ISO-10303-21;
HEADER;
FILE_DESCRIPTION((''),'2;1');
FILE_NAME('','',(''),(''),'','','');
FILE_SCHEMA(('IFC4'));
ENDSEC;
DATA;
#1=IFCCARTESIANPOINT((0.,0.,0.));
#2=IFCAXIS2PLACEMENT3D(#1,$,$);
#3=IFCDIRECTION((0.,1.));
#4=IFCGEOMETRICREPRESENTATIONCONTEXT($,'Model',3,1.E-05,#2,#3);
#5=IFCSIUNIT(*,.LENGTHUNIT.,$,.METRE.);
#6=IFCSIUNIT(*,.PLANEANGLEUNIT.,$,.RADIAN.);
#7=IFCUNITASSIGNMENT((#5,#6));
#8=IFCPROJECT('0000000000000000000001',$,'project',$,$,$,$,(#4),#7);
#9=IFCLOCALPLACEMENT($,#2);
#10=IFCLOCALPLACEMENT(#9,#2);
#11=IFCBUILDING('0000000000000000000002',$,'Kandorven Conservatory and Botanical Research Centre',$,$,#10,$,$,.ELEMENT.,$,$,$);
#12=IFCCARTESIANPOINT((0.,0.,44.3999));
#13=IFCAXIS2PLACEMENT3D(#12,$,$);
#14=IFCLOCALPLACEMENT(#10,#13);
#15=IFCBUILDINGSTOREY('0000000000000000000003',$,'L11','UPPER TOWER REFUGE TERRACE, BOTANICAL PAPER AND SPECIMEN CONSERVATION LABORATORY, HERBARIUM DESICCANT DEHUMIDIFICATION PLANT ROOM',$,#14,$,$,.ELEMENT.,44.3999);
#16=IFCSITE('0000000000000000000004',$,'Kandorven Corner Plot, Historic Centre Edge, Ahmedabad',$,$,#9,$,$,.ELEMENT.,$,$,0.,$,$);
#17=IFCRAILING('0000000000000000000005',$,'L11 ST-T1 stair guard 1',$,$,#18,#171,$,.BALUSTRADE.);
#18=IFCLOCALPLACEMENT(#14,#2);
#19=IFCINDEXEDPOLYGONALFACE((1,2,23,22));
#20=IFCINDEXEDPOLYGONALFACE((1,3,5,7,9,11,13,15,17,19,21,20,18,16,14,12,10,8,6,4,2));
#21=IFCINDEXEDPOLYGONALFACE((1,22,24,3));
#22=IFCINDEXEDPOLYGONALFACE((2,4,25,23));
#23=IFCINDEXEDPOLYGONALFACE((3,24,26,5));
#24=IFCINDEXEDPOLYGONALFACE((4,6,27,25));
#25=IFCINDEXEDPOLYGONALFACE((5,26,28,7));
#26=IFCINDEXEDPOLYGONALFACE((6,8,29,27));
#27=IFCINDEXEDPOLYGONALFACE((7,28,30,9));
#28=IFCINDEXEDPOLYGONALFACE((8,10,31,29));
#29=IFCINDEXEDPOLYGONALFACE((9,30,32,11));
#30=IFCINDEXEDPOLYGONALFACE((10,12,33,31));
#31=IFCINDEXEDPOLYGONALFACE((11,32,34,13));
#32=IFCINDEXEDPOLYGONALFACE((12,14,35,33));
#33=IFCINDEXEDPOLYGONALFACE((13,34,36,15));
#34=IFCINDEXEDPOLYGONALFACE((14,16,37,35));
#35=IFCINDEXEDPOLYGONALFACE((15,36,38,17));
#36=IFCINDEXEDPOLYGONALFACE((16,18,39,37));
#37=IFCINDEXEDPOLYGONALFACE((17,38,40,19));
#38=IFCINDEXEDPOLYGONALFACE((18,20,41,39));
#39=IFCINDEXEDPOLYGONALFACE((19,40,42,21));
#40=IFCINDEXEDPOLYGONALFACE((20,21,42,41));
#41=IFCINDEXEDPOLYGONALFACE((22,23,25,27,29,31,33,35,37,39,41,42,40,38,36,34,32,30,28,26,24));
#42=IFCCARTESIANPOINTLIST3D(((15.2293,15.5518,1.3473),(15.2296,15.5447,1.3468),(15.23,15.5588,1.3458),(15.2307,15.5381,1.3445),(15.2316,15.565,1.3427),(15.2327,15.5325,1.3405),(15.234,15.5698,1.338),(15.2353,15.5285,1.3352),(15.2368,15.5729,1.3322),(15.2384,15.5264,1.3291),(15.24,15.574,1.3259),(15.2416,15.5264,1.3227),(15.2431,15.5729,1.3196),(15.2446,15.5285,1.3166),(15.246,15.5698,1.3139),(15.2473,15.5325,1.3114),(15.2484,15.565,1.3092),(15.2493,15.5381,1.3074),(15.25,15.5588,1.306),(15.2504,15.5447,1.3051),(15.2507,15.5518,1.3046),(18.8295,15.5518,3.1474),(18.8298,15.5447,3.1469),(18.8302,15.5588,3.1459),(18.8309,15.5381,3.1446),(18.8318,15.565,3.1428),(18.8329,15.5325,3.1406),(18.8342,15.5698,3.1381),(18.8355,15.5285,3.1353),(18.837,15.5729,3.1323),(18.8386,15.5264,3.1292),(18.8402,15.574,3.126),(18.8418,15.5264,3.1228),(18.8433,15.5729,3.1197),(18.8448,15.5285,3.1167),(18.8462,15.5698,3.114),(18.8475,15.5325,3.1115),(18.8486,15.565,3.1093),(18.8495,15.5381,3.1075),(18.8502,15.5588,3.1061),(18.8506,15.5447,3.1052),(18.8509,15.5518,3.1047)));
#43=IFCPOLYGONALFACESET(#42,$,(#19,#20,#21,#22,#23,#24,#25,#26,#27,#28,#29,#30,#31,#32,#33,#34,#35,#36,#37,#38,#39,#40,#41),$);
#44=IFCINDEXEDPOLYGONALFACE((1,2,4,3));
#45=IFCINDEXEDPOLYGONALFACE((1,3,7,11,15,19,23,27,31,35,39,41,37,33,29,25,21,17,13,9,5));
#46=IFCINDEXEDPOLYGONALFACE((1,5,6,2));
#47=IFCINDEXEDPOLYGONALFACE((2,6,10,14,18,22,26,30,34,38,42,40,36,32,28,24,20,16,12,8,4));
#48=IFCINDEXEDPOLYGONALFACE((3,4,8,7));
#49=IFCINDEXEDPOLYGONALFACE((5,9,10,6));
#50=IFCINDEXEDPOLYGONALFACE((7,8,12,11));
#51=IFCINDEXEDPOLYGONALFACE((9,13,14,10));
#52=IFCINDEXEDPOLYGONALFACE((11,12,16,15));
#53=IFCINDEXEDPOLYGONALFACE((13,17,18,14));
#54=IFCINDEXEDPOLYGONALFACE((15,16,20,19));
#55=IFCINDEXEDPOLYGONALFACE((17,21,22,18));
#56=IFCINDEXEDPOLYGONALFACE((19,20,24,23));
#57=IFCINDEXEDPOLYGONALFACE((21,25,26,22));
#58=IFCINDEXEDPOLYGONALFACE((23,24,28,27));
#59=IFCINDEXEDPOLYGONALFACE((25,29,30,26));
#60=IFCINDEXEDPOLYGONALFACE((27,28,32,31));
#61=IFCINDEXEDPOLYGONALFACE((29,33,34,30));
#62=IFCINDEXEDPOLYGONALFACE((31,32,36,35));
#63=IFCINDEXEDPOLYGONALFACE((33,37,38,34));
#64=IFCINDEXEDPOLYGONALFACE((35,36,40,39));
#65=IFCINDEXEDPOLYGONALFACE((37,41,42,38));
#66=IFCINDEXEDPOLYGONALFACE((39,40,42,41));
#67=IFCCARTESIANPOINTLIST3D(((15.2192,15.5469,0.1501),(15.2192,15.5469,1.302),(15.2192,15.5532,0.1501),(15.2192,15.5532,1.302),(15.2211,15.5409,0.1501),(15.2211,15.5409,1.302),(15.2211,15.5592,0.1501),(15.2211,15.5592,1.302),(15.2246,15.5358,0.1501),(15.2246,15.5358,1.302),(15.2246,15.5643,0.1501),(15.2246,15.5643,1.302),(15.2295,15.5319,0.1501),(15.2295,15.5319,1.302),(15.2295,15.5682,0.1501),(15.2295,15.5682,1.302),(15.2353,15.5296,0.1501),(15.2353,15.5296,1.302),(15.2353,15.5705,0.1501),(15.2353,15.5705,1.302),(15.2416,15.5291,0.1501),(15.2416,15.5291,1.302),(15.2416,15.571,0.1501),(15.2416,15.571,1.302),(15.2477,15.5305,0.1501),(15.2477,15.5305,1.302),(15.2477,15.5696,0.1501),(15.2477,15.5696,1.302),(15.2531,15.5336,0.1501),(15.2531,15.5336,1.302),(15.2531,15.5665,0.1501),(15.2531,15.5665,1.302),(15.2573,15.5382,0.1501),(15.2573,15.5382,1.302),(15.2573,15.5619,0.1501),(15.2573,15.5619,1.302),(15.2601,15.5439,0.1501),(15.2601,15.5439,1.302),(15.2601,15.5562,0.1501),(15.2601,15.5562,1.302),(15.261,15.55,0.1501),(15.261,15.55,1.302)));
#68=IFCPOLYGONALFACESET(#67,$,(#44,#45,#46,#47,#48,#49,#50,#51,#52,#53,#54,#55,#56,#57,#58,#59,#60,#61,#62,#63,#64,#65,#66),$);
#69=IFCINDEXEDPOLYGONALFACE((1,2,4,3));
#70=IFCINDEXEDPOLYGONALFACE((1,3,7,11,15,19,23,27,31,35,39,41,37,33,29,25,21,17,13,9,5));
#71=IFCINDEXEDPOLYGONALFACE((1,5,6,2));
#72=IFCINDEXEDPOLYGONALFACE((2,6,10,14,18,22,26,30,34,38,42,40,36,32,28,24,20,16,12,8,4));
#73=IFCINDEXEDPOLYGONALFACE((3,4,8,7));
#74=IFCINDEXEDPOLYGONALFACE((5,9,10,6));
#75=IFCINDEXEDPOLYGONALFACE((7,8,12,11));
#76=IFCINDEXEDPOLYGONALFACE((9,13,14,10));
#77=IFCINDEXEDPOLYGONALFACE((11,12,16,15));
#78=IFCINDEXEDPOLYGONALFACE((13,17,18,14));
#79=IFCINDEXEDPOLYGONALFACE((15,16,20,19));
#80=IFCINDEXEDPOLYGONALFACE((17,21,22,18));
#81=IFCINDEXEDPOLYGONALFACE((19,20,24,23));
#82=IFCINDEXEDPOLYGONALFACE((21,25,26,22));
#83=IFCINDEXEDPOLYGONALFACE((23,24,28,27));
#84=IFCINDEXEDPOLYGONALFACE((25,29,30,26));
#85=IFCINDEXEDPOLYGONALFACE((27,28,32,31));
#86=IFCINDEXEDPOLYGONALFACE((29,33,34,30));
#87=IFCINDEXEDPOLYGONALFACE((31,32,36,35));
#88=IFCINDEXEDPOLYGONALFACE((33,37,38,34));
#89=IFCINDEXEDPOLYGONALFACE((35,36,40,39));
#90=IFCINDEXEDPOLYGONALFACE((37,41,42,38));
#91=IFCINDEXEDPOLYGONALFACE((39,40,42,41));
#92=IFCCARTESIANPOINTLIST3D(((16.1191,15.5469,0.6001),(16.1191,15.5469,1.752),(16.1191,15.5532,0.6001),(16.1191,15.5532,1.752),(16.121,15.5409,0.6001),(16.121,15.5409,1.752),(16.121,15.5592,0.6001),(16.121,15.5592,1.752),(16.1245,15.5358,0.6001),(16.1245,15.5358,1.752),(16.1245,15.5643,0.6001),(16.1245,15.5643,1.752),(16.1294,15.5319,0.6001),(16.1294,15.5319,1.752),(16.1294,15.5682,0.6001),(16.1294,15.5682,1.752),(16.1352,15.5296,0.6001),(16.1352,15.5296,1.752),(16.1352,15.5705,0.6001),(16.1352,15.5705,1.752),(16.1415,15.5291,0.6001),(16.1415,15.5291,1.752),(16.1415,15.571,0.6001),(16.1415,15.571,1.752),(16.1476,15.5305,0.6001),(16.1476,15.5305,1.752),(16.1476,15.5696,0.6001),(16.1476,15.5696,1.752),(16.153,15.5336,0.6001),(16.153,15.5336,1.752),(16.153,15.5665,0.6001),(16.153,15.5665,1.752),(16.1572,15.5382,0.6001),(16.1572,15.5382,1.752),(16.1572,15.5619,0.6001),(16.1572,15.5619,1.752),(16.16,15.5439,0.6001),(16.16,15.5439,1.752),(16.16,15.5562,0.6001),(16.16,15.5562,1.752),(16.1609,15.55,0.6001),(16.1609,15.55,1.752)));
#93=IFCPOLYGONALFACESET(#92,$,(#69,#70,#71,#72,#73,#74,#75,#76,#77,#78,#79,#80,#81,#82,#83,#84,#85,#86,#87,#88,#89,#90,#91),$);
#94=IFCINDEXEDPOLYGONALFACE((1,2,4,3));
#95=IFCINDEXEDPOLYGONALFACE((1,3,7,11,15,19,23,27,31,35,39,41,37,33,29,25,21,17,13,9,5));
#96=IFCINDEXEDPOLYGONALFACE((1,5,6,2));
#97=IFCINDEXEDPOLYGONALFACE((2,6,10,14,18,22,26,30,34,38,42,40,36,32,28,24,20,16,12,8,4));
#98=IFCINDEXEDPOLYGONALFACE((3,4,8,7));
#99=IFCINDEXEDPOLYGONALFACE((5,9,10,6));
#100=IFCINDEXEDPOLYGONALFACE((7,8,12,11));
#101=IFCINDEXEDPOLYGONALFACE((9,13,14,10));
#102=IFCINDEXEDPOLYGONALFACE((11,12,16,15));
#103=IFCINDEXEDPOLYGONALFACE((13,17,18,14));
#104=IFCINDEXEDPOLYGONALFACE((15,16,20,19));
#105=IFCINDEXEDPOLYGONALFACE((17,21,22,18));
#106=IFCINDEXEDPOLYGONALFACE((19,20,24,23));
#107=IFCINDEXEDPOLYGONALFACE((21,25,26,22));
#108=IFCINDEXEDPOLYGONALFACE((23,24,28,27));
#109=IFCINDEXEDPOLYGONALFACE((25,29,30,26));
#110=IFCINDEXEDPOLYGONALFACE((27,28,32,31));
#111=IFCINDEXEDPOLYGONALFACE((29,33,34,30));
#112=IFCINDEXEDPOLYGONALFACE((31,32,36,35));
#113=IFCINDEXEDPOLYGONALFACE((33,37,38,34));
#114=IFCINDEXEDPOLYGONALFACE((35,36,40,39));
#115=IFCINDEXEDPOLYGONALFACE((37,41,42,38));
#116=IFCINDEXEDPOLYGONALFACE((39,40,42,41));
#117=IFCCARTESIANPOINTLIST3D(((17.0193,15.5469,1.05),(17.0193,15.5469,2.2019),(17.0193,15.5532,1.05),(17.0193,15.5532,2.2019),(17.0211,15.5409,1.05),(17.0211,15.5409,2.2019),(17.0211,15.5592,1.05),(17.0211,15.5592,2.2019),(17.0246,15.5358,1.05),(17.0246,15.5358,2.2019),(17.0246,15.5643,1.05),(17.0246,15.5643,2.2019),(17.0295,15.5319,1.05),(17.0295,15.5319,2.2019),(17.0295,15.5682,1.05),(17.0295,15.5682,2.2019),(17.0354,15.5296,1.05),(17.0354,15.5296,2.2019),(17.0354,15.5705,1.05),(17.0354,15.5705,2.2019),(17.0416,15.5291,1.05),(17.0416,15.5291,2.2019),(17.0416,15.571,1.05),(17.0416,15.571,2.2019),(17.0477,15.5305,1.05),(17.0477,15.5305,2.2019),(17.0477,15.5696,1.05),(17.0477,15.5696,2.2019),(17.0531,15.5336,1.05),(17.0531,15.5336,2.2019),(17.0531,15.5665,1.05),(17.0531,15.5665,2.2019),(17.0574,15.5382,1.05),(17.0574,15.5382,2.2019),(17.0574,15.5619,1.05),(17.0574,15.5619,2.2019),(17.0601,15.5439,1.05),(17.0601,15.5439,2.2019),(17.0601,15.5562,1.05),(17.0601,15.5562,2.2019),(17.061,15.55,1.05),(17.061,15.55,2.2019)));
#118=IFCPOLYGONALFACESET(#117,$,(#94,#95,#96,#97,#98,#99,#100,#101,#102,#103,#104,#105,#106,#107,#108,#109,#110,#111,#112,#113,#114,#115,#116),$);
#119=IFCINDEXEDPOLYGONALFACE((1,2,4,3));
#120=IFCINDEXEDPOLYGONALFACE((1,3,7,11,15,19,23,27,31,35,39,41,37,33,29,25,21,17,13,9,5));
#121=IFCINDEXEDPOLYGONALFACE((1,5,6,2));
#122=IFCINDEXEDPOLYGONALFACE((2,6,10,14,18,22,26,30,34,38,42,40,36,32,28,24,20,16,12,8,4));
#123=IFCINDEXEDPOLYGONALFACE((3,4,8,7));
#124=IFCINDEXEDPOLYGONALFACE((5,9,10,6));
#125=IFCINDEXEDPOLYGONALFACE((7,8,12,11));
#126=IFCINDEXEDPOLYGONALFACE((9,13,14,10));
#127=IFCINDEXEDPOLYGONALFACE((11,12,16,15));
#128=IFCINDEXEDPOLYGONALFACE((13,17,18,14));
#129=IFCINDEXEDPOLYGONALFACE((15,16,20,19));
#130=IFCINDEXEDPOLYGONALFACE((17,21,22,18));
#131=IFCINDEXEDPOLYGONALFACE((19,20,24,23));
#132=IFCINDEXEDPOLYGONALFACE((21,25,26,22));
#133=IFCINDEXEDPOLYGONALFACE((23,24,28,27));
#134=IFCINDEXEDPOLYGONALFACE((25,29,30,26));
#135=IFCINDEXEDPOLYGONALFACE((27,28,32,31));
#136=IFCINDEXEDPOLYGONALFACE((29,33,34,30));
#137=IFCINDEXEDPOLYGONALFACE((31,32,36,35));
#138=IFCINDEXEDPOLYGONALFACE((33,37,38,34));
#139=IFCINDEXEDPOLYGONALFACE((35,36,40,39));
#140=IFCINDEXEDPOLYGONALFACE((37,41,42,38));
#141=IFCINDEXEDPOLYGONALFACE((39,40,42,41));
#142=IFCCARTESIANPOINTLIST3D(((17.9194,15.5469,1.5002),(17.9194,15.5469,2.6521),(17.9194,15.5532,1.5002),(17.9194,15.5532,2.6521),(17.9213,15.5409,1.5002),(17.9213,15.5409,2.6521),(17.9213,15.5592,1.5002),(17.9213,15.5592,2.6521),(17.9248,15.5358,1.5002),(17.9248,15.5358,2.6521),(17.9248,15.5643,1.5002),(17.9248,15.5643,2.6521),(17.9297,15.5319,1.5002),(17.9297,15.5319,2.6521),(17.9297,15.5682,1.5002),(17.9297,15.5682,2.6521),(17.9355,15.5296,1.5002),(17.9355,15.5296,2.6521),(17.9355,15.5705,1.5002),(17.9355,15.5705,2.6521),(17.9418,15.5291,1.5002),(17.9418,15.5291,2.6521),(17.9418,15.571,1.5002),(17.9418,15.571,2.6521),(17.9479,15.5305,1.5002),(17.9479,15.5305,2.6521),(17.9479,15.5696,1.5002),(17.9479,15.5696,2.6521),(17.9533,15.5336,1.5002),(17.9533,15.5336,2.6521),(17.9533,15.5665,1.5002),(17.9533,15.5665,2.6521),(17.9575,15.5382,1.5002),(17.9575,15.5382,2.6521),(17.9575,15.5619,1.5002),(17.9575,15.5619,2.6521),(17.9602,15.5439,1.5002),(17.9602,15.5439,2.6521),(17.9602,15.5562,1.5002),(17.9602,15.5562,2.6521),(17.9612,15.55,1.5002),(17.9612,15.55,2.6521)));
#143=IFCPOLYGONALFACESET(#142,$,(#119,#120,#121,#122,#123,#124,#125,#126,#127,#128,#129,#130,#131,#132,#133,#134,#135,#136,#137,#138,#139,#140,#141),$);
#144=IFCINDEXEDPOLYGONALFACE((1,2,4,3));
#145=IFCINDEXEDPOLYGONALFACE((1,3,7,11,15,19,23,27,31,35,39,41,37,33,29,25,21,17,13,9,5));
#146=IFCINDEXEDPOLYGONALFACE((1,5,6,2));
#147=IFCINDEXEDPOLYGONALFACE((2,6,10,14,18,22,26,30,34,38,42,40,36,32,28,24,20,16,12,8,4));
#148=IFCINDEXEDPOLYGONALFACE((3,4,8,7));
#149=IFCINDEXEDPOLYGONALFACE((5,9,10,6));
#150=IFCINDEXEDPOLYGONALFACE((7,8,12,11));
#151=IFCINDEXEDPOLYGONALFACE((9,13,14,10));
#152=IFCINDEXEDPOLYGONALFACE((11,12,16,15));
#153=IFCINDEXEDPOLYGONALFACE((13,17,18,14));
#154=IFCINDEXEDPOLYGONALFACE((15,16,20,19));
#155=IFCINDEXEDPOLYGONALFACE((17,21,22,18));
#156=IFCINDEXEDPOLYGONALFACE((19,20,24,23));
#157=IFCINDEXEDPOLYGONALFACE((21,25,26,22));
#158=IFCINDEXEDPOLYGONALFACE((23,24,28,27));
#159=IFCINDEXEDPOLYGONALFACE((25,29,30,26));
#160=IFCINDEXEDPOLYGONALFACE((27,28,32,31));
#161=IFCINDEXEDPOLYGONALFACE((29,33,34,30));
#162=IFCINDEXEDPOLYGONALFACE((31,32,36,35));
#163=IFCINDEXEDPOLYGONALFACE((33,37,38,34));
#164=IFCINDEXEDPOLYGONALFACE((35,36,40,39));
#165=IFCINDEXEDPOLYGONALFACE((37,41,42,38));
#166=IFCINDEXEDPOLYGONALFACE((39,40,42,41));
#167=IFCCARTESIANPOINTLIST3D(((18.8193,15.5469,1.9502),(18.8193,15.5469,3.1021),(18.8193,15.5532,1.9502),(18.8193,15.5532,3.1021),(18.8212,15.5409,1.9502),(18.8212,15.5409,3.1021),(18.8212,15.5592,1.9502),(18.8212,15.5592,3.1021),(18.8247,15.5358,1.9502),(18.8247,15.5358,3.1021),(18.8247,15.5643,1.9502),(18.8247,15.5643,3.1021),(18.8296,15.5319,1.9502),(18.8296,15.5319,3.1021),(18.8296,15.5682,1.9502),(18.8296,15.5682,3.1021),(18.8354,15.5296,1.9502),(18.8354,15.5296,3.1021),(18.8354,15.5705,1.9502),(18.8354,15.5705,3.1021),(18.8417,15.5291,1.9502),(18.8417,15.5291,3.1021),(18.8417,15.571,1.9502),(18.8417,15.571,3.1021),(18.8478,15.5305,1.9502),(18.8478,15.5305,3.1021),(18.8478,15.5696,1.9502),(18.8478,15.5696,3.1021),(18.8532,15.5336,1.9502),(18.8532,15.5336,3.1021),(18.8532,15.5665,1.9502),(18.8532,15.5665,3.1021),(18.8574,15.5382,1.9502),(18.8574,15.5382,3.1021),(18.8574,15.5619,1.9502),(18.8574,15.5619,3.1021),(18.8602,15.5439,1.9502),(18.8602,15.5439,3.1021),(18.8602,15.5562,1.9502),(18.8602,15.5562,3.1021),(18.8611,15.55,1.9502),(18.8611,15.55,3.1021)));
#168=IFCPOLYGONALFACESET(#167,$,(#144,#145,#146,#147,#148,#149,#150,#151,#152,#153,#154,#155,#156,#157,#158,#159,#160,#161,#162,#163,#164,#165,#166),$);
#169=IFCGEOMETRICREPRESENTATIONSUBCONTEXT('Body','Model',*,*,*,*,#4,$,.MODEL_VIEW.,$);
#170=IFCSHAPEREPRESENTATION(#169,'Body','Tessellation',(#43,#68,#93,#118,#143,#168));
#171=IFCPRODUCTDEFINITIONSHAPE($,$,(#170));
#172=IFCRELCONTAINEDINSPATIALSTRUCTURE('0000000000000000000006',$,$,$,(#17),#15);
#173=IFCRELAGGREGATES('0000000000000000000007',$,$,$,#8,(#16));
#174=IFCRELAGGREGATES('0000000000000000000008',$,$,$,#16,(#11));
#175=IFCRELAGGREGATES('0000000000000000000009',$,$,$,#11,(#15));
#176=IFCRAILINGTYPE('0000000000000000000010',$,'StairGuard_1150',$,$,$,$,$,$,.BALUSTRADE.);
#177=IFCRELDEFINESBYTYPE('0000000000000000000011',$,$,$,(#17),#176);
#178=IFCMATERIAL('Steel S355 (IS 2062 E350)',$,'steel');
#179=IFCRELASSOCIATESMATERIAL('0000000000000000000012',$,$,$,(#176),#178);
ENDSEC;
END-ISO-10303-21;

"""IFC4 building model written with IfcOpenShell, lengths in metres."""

from ifc_helpers import new_model, si_unit, direction, frame, origin, origin_2d, place, context, subcontext, project, spatial, circle, extrude, material, type_object, element, save


model = new_model("IFC4")

# Units and contexts
model_context = context("Model", 3, precision=1e-05, world=origin(), true_north=direction((0.0, 1.0)))
body_context = subcontext(model_context, "Body", "Model", "MODEL_VIEW")
ifc_project = project(units=[si_unit("LENGTHUNIT", "METRE"), si_unit("PLANEANGLEUNIT", "RADIAN")], contexts=[model_context])

# Site, building, storey
site_placement = place(None, origin())
site = spatial("IfcSite", under=ifc_project, at=site_placement, Name="Kandorven Corner Plot, Historic Centre Edge, Ahmedabad", CompositionType="ELEMENT", RefElevation=0.0)
building_placement = place(site_placement, origin())
building = spatial("IfcBuilding", under=site, at=building_placement, Name="Kandorven Conservatory and Botanical Research Centre", CompositionType="ELEMENT")
storey_placement = place(building_placement, frame((0.0, 0.0, 44.3999)))
storey = spatial("IfcBuildingStorey", under=building, at=storey_placement, Name="L11", Description="UPPER TOWER REFUGE TERRACE, BOTANICAL PAPER AND SPECIMEN CONSERVATION LABORATORY, HERBARIUM DESICCANT DEHUMIDIFICATION PLANT ROOM", CompositionType="ELEMENT", Elevation=44.3999)

# Railing
ifc_material_1 = material(Name="Steel S355 (IS 2062 E350)", Category="steel")
railing_type_1 = type_object("IfcRailingType", Name="StairGuard_1150", PredefinedType="BALUSTRADE", material=ifc_material_1)
railing_1_placement = place(storey_placement, frame((15.24, 15.55, 0.1501)))
element("IfcRailing", 1, at=railing_1_placement, inside=storey, type_object=railing_type_1, Name="L11 ST-T1 stair guard 1", PredefinedType="BALUSTRADE", context=body_context, shape_type="SweptSolid", body=[
    extrude(circle(Radius=0.0239, at=origin_2d()), frame((0.0, 0.0, 1.1758), z_axis=(0.894427, 0.0, 0.447214), x_axis=(0.0, 1.0, 0.0)), (0.0, 0.0, 1.0), 4.0251),
    extrude(circle(Radius=0.021, at=origin_2d()), origin(), (0.0, 0.0, 1.0), 1.1519),
    extrude(circle(Radius=0.021, at=origin_2d()), frame((0.8999, 0.0, 0.45)), (0.0, 0.0, 1.0), 1.1519),
    extrude(circle(Radius=0.021, at=origin_2d()), frame((1.8, 0.0, 0.8999)), (0.0, 0.0, 1.0), 1.1519),
    extrude(circle(Radius=0.021, at=origin_2d()), frame((2.7002, 0.0, 1.3501)), (0.0, 0.0, 1.0), 1.1519),
    extrude(circle(Radius=0.021, at=origin_2d()), frame((3.6001, 0.0, 1.8)), (0.0, 0.0, 1.0), 1.1519),
])

save(model, "model.ifc")
